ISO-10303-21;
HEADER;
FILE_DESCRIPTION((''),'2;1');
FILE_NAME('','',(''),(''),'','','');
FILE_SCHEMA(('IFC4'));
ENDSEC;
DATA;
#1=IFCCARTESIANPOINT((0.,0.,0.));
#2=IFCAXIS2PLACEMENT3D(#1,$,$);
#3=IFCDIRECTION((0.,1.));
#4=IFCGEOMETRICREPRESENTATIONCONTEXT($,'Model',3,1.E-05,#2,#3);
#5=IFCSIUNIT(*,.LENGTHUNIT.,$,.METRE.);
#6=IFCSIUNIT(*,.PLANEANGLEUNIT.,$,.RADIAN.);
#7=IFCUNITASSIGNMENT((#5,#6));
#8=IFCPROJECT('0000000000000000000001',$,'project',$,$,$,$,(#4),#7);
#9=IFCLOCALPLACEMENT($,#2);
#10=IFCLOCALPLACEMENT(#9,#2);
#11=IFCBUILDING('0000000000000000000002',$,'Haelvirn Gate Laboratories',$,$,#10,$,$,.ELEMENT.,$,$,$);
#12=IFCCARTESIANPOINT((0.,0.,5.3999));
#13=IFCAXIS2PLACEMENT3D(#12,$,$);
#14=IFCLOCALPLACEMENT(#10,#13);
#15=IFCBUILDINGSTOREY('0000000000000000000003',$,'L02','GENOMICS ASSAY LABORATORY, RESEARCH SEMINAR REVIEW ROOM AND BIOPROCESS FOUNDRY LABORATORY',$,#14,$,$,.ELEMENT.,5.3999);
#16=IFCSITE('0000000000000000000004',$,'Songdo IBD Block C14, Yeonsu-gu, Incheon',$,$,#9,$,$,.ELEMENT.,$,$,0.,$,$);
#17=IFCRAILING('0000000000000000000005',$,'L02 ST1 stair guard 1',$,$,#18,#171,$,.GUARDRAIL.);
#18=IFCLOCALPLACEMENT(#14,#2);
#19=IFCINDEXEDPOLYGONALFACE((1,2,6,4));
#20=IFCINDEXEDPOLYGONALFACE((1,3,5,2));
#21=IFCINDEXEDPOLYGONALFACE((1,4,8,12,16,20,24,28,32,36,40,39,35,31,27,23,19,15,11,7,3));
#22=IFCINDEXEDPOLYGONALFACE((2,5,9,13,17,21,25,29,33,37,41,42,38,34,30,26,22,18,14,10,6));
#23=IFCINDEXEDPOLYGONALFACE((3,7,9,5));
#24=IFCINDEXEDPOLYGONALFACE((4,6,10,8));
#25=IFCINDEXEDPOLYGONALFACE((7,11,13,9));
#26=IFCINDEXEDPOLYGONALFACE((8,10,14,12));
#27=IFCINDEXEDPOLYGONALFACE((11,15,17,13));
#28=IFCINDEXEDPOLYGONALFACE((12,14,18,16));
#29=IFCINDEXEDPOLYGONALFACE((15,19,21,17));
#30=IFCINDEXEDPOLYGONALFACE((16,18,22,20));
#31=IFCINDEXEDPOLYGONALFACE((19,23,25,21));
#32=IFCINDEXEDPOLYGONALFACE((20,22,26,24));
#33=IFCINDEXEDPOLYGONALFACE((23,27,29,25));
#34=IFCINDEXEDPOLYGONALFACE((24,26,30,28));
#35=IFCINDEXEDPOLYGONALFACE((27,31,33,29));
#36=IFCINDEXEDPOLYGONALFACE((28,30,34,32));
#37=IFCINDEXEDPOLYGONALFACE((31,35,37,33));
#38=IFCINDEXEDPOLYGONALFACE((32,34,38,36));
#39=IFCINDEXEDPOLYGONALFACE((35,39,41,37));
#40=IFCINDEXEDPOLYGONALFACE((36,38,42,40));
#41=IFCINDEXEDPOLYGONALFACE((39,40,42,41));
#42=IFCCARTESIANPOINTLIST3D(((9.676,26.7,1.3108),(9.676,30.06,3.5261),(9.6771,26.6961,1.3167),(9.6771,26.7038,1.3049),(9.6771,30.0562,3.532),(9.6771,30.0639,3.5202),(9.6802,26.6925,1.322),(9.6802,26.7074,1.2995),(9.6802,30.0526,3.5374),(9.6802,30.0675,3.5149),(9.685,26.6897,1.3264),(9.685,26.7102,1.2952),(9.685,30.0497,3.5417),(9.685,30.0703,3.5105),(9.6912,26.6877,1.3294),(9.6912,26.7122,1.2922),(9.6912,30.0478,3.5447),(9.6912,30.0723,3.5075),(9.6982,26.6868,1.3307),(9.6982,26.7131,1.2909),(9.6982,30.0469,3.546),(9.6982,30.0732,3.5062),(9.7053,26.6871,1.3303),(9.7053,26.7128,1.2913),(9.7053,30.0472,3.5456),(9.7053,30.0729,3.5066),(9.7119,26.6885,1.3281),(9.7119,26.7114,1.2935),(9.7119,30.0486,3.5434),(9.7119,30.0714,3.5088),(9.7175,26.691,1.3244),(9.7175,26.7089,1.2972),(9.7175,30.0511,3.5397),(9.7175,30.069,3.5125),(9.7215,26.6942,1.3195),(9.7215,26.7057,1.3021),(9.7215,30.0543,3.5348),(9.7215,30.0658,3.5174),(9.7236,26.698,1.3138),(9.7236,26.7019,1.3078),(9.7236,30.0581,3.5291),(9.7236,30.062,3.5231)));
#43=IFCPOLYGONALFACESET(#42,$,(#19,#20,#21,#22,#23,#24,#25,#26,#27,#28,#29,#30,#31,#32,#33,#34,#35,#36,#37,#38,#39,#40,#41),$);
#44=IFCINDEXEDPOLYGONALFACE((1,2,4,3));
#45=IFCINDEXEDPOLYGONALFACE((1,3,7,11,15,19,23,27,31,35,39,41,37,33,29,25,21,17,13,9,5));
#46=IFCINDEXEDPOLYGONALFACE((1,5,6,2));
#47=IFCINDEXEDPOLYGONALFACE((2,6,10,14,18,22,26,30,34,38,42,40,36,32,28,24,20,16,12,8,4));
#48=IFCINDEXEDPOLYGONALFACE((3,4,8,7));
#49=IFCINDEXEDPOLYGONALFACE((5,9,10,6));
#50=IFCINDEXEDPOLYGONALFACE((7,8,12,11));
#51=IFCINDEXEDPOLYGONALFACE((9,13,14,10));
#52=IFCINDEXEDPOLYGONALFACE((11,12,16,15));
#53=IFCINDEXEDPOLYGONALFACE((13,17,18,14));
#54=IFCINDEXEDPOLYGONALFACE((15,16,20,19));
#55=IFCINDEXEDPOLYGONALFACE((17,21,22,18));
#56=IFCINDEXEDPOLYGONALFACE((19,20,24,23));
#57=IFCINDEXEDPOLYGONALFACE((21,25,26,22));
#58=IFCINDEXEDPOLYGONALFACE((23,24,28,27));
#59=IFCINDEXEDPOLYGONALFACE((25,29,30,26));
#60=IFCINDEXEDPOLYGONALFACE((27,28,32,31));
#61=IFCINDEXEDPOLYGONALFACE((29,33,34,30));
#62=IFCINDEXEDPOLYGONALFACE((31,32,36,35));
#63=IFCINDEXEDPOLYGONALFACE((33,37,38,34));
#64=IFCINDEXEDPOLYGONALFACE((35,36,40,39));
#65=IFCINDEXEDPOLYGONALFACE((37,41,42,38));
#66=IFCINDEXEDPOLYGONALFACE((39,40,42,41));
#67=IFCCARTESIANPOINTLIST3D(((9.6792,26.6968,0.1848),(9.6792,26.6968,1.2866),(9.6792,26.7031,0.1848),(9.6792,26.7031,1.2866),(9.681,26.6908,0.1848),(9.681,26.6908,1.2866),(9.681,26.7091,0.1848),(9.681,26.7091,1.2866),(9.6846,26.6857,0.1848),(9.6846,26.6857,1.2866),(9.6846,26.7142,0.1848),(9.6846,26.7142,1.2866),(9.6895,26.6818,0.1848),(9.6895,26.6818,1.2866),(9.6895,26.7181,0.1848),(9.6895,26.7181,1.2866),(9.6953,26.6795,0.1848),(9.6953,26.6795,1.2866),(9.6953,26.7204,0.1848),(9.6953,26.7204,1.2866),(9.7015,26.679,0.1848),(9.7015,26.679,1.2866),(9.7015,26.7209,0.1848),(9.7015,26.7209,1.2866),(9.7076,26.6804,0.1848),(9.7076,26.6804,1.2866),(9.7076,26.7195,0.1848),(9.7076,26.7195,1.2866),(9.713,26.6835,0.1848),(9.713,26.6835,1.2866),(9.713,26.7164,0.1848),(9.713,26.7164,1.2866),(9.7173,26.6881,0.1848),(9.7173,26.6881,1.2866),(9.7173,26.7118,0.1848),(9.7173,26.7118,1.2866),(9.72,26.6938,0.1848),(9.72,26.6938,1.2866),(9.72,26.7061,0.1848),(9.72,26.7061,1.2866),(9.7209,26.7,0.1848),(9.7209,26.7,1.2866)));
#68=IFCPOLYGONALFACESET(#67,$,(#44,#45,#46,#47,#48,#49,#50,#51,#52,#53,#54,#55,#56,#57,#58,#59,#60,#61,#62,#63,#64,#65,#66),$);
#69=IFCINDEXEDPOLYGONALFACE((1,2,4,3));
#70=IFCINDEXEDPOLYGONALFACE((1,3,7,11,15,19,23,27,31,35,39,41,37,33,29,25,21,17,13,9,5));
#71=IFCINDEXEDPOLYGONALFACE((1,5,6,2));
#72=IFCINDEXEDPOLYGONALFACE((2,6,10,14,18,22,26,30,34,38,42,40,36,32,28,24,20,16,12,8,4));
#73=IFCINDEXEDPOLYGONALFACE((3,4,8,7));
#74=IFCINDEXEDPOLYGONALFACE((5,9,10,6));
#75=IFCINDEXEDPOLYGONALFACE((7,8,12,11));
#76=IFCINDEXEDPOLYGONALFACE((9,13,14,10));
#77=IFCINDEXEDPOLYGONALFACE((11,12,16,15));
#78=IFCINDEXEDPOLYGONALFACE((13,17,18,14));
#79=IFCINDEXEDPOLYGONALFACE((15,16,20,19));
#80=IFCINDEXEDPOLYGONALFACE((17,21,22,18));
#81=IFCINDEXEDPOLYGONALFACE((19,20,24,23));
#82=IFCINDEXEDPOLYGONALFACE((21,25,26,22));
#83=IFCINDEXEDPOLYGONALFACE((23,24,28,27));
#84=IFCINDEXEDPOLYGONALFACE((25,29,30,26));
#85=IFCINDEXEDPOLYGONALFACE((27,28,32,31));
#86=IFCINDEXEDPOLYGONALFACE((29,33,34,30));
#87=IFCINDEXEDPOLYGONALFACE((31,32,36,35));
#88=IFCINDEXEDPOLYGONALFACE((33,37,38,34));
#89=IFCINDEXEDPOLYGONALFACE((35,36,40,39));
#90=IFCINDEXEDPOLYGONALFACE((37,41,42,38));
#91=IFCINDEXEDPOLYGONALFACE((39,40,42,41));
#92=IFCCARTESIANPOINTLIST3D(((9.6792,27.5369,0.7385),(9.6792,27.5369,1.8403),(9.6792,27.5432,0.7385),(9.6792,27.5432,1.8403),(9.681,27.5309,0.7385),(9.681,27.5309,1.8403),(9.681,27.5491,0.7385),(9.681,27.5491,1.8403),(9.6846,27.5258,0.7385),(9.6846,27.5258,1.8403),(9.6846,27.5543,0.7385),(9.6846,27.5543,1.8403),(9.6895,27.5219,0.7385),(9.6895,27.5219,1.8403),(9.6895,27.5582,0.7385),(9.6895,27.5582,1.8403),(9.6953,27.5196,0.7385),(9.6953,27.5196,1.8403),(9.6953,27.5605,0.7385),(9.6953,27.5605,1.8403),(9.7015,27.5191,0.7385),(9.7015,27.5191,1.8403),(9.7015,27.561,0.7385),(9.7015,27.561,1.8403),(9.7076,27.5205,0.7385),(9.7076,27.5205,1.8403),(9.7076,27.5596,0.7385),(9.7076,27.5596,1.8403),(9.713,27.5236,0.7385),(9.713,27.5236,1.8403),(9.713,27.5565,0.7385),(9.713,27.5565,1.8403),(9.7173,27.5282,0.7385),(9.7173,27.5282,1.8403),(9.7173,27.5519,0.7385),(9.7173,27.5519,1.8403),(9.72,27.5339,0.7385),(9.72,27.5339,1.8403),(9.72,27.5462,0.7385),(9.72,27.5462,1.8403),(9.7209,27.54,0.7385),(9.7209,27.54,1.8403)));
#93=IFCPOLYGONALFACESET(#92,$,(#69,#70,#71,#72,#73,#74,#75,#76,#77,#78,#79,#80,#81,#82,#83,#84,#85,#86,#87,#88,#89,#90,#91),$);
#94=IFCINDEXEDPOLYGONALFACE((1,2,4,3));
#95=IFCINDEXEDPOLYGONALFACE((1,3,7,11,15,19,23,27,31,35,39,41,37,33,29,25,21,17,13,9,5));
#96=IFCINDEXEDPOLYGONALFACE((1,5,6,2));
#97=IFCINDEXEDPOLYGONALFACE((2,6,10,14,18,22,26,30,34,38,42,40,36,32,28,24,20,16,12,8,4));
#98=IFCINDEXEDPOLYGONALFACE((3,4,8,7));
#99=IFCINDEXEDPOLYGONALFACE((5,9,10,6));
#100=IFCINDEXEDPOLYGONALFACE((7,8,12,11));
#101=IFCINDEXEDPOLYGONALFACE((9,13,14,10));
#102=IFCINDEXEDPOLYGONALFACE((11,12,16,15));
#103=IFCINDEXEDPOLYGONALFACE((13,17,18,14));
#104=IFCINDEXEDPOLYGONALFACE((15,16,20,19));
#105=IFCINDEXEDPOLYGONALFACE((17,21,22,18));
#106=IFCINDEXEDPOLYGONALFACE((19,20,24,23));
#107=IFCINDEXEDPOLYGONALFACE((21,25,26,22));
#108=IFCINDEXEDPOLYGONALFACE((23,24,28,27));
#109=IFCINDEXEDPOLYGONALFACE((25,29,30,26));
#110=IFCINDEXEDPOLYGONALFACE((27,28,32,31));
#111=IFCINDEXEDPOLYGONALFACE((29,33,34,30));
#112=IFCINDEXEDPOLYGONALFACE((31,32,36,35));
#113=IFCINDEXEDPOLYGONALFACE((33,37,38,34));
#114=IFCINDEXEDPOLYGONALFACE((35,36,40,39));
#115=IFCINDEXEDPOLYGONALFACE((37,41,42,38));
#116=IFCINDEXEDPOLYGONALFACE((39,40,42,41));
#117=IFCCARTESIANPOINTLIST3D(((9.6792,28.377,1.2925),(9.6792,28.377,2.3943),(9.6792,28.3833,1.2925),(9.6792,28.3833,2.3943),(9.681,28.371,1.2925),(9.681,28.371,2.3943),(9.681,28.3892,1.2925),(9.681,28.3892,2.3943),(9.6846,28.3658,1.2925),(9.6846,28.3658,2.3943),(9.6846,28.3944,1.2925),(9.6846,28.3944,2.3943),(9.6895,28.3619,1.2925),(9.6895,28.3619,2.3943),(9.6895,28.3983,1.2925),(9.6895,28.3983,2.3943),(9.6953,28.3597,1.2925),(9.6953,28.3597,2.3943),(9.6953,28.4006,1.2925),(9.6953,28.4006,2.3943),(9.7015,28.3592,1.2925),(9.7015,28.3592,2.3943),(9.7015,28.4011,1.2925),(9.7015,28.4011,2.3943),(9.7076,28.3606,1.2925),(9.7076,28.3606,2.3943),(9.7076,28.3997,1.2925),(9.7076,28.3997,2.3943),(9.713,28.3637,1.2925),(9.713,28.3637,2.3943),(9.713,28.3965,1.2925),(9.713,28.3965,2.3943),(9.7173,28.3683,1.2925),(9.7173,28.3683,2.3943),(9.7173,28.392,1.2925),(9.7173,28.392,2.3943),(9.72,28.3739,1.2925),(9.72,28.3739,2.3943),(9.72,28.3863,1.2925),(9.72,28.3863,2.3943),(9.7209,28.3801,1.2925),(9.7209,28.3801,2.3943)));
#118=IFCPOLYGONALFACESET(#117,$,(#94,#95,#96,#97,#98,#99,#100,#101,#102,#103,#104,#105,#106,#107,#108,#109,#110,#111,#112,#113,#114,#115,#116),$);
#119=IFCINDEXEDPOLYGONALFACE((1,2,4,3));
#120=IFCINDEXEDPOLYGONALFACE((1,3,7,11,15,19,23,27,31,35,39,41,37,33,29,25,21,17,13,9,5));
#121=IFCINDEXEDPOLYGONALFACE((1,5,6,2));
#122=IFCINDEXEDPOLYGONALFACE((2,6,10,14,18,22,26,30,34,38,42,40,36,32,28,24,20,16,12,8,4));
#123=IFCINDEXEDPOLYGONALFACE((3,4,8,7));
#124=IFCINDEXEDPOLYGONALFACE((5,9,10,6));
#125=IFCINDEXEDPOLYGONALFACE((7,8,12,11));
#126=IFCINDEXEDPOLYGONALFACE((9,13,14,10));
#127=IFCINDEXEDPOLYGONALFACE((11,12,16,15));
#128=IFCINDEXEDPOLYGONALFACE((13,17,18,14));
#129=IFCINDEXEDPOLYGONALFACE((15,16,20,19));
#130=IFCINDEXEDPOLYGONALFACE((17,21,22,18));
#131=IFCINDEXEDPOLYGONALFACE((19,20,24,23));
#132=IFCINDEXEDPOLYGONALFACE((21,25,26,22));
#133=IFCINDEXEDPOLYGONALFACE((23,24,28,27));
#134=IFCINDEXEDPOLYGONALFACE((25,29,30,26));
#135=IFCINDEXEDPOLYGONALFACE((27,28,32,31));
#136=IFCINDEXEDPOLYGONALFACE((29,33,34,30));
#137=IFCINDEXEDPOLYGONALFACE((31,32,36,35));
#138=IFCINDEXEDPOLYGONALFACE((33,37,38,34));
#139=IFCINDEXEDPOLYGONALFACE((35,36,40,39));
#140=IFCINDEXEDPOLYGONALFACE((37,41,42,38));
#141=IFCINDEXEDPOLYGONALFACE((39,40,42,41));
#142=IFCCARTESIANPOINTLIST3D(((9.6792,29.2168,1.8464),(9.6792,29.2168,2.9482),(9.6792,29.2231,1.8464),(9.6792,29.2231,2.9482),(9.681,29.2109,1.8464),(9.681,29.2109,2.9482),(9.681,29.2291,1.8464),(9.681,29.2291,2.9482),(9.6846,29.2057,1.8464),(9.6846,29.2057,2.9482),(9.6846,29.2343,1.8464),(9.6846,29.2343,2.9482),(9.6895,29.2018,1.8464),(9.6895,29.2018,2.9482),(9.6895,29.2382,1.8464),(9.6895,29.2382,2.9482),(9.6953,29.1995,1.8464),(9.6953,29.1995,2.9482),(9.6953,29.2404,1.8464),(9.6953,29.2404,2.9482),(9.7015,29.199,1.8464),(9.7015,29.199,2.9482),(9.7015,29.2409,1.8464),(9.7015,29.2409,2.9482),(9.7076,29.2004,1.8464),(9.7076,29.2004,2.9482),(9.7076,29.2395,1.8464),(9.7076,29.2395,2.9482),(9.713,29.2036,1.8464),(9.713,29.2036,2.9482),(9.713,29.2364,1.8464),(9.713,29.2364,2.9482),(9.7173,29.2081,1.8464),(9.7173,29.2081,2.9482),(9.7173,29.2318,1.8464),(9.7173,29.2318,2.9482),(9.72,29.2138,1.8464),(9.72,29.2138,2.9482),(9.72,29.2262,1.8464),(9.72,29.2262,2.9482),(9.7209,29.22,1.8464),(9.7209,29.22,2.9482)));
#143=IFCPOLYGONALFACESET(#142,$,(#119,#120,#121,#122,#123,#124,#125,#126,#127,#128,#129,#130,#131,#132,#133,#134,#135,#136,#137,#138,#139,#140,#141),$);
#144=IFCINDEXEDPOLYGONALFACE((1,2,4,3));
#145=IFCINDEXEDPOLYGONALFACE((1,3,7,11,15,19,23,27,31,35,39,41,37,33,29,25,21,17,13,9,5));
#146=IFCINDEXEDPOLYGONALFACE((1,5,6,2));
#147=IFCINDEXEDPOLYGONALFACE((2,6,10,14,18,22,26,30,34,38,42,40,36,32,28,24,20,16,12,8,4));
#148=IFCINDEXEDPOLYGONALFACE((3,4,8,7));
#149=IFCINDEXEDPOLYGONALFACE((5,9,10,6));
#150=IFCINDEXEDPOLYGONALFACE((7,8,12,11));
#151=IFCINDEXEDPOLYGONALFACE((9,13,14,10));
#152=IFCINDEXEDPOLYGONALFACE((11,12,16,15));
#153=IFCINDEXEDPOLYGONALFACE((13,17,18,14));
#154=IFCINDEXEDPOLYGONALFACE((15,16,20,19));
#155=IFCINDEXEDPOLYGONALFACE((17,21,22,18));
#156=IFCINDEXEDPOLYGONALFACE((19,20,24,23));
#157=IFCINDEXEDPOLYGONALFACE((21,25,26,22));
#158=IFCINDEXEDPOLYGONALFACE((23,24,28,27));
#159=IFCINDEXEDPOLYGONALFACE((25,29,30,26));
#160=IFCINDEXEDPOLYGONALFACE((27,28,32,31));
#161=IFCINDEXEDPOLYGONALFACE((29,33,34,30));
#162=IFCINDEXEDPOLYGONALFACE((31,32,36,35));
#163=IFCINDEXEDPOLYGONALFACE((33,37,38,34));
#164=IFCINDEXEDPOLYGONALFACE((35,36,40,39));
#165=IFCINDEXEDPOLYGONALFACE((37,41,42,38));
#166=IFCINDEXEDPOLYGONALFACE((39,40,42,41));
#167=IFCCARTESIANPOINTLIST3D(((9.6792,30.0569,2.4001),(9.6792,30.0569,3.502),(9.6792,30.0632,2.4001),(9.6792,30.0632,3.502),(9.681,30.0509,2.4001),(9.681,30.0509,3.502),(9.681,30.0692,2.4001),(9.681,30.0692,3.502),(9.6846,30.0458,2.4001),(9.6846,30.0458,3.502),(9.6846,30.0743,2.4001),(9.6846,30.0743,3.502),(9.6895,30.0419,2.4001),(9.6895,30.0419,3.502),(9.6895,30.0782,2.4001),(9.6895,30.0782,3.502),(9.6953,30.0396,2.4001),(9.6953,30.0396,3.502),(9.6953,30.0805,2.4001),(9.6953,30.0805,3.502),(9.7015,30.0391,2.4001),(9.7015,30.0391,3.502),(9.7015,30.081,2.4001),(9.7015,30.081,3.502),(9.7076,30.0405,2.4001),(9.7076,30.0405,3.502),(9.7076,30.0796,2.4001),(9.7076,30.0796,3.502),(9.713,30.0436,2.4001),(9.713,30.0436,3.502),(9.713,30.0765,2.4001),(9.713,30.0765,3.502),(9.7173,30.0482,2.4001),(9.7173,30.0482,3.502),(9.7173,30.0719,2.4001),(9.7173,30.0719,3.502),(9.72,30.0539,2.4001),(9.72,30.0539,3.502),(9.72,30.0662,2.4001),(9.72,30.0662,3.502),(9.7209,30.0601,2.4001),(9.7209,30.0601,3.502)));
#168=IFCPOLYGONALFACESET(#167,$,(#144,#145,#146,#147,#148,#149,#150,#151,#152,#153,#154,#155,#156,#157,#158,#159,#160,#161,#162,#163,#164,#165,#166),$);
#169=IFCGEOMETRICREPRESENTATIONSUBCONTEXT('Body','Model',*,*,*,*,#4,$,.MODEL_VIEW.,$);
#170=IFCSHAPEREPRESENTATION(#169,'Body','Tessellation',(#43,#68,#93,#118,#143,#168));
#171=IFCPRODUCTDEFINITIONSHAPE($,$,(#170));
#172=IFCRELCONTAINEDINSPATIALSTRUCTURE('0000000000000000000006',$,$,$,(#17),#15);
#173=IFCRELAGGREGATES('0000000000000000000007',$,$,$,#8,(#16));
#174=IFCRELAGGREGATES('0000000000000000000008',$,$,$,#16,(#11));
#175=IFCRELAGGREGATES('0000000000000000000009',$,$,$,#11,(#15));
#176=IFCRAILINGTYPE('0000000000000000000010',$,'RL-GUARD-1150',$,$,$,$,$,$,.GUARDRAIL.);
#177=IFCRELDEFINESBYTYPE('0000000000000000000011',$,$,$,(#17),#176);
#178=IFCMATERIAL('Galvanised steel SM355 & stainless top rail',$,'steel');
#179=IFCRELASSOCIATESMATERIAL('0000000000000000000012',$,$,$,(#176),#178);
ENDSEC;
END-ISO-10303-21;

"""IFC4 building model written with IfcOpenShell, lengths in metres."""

from ifc_helpers import new_model, si_unit, direction, frame, origin, origin_2d, place, context, subcontext, project, spatial, circle, extrude, source, transform, mapped, material, type_object, element, save


model = new_model("IFC4")

# Units and contexts
model_context = context("Model", 3, precision=1e-05, world=origin(), true_north=direction((0.0, 1.0)))
body_context = subcontext(model_context, "Body", "Model", "MODEL_VIEW")
ifc_project = project(units=[si_unit("LENGTHUNIT", "METRE"), si_unit("PLANEANGLEUNIT", "RADIAN")], contexts=[model_context])

# Site, building, storey
site_placement = place(None, origin())
site = spatial("IfcSite", under=ifc_project, at=site_placement, Name="Songdo IBD Block C14, Yeonsu-gu, Incheon", CompositionType="ELEMENT", RefElevation=0.0)
building_placement = place(site_placement, origin())
building = spatial("IfcBuilding", under=site, at=building_placement, Name="Haelvirn Gate Laboratories", CompositionType="ELEMENT")
storey_placement = place(building_placement, frame((0.0, 0.0, 5.3999)))
storey = spatial("IfcBuildingStorey", under=building, at=storey_placement, Name="L02", Description="GENOMICS ASSAY LABORATORY, RESEARCH SEMINAR REVIEW ROOM AND BIOPROCESS FOUNDRY LABORATORY", CompositionType="ELEMENT", Elevation=5.3999)

# Railing
ifc_material_1 = material(Name="Galvanised steel SM355 & stainless top rail", Category="steel")
railing_type = type_object("IfcRailingType", Name="RL-GUARD-1150", PredefinedType="GUARDRAIL", material=ifc_material_1)
shared_shape_1 = source(origin(), body_context, "Body", "SweptSolid", [
    extrude(circle(Radius=0.0239, at=origin_2d()), frame((0.0, 0.0, 1.126), z_axis=(0.0, 0.834876, 0.550437), x_axis=(-1.0, 0.0, 0.0)), (0.0, 0.0, 1.0), 4.0247),
    extrude(circle(Radius=0.021, at=origin_2d()), origin(), (0.0, 0.0, 1.0), 1.1018),
    extrude(circle(Radius=0.021, at=origin_2d()), frame((0.0, 0.8401, 0.5537)), (0.0, 0.0, 1.0), 1.1018),
    extrude(circle(Radius=0.021, at=origin_2d()), frame((0.0, 1.6802, 1.1077)), (0.0, 0.0, 1.0), 1.1018),
    extrude(circle(Radius=0.021, at=origin_2d()), frame((0.0, 2.52, 1.6616)), (0.0, 0.0, 1.0), 1.1018),
    extrude(circle(Radius=0.021, at=origin_2d()), frame((0.0, 3.3601, 2.2153)), (0.0, 0.0, 1.0), 1.1018),
])
railing_1_placement = place(storey_placement, frame((9.7, 26.7, 0.1848)))
element("IfcRailing", 1, at=railing_1_placement, inside=storey, type_object=railing_type, Name="L02 ST1 stair guard 1", PredefinedType="GUARDRAIL", context=body_context, shape_type="MappedRepresentation", body=[
    mapped(shared_shape_1, transform((0.0, 0.0, 0.0), scale=1.0)),
])

save(model, "model.ifc")
